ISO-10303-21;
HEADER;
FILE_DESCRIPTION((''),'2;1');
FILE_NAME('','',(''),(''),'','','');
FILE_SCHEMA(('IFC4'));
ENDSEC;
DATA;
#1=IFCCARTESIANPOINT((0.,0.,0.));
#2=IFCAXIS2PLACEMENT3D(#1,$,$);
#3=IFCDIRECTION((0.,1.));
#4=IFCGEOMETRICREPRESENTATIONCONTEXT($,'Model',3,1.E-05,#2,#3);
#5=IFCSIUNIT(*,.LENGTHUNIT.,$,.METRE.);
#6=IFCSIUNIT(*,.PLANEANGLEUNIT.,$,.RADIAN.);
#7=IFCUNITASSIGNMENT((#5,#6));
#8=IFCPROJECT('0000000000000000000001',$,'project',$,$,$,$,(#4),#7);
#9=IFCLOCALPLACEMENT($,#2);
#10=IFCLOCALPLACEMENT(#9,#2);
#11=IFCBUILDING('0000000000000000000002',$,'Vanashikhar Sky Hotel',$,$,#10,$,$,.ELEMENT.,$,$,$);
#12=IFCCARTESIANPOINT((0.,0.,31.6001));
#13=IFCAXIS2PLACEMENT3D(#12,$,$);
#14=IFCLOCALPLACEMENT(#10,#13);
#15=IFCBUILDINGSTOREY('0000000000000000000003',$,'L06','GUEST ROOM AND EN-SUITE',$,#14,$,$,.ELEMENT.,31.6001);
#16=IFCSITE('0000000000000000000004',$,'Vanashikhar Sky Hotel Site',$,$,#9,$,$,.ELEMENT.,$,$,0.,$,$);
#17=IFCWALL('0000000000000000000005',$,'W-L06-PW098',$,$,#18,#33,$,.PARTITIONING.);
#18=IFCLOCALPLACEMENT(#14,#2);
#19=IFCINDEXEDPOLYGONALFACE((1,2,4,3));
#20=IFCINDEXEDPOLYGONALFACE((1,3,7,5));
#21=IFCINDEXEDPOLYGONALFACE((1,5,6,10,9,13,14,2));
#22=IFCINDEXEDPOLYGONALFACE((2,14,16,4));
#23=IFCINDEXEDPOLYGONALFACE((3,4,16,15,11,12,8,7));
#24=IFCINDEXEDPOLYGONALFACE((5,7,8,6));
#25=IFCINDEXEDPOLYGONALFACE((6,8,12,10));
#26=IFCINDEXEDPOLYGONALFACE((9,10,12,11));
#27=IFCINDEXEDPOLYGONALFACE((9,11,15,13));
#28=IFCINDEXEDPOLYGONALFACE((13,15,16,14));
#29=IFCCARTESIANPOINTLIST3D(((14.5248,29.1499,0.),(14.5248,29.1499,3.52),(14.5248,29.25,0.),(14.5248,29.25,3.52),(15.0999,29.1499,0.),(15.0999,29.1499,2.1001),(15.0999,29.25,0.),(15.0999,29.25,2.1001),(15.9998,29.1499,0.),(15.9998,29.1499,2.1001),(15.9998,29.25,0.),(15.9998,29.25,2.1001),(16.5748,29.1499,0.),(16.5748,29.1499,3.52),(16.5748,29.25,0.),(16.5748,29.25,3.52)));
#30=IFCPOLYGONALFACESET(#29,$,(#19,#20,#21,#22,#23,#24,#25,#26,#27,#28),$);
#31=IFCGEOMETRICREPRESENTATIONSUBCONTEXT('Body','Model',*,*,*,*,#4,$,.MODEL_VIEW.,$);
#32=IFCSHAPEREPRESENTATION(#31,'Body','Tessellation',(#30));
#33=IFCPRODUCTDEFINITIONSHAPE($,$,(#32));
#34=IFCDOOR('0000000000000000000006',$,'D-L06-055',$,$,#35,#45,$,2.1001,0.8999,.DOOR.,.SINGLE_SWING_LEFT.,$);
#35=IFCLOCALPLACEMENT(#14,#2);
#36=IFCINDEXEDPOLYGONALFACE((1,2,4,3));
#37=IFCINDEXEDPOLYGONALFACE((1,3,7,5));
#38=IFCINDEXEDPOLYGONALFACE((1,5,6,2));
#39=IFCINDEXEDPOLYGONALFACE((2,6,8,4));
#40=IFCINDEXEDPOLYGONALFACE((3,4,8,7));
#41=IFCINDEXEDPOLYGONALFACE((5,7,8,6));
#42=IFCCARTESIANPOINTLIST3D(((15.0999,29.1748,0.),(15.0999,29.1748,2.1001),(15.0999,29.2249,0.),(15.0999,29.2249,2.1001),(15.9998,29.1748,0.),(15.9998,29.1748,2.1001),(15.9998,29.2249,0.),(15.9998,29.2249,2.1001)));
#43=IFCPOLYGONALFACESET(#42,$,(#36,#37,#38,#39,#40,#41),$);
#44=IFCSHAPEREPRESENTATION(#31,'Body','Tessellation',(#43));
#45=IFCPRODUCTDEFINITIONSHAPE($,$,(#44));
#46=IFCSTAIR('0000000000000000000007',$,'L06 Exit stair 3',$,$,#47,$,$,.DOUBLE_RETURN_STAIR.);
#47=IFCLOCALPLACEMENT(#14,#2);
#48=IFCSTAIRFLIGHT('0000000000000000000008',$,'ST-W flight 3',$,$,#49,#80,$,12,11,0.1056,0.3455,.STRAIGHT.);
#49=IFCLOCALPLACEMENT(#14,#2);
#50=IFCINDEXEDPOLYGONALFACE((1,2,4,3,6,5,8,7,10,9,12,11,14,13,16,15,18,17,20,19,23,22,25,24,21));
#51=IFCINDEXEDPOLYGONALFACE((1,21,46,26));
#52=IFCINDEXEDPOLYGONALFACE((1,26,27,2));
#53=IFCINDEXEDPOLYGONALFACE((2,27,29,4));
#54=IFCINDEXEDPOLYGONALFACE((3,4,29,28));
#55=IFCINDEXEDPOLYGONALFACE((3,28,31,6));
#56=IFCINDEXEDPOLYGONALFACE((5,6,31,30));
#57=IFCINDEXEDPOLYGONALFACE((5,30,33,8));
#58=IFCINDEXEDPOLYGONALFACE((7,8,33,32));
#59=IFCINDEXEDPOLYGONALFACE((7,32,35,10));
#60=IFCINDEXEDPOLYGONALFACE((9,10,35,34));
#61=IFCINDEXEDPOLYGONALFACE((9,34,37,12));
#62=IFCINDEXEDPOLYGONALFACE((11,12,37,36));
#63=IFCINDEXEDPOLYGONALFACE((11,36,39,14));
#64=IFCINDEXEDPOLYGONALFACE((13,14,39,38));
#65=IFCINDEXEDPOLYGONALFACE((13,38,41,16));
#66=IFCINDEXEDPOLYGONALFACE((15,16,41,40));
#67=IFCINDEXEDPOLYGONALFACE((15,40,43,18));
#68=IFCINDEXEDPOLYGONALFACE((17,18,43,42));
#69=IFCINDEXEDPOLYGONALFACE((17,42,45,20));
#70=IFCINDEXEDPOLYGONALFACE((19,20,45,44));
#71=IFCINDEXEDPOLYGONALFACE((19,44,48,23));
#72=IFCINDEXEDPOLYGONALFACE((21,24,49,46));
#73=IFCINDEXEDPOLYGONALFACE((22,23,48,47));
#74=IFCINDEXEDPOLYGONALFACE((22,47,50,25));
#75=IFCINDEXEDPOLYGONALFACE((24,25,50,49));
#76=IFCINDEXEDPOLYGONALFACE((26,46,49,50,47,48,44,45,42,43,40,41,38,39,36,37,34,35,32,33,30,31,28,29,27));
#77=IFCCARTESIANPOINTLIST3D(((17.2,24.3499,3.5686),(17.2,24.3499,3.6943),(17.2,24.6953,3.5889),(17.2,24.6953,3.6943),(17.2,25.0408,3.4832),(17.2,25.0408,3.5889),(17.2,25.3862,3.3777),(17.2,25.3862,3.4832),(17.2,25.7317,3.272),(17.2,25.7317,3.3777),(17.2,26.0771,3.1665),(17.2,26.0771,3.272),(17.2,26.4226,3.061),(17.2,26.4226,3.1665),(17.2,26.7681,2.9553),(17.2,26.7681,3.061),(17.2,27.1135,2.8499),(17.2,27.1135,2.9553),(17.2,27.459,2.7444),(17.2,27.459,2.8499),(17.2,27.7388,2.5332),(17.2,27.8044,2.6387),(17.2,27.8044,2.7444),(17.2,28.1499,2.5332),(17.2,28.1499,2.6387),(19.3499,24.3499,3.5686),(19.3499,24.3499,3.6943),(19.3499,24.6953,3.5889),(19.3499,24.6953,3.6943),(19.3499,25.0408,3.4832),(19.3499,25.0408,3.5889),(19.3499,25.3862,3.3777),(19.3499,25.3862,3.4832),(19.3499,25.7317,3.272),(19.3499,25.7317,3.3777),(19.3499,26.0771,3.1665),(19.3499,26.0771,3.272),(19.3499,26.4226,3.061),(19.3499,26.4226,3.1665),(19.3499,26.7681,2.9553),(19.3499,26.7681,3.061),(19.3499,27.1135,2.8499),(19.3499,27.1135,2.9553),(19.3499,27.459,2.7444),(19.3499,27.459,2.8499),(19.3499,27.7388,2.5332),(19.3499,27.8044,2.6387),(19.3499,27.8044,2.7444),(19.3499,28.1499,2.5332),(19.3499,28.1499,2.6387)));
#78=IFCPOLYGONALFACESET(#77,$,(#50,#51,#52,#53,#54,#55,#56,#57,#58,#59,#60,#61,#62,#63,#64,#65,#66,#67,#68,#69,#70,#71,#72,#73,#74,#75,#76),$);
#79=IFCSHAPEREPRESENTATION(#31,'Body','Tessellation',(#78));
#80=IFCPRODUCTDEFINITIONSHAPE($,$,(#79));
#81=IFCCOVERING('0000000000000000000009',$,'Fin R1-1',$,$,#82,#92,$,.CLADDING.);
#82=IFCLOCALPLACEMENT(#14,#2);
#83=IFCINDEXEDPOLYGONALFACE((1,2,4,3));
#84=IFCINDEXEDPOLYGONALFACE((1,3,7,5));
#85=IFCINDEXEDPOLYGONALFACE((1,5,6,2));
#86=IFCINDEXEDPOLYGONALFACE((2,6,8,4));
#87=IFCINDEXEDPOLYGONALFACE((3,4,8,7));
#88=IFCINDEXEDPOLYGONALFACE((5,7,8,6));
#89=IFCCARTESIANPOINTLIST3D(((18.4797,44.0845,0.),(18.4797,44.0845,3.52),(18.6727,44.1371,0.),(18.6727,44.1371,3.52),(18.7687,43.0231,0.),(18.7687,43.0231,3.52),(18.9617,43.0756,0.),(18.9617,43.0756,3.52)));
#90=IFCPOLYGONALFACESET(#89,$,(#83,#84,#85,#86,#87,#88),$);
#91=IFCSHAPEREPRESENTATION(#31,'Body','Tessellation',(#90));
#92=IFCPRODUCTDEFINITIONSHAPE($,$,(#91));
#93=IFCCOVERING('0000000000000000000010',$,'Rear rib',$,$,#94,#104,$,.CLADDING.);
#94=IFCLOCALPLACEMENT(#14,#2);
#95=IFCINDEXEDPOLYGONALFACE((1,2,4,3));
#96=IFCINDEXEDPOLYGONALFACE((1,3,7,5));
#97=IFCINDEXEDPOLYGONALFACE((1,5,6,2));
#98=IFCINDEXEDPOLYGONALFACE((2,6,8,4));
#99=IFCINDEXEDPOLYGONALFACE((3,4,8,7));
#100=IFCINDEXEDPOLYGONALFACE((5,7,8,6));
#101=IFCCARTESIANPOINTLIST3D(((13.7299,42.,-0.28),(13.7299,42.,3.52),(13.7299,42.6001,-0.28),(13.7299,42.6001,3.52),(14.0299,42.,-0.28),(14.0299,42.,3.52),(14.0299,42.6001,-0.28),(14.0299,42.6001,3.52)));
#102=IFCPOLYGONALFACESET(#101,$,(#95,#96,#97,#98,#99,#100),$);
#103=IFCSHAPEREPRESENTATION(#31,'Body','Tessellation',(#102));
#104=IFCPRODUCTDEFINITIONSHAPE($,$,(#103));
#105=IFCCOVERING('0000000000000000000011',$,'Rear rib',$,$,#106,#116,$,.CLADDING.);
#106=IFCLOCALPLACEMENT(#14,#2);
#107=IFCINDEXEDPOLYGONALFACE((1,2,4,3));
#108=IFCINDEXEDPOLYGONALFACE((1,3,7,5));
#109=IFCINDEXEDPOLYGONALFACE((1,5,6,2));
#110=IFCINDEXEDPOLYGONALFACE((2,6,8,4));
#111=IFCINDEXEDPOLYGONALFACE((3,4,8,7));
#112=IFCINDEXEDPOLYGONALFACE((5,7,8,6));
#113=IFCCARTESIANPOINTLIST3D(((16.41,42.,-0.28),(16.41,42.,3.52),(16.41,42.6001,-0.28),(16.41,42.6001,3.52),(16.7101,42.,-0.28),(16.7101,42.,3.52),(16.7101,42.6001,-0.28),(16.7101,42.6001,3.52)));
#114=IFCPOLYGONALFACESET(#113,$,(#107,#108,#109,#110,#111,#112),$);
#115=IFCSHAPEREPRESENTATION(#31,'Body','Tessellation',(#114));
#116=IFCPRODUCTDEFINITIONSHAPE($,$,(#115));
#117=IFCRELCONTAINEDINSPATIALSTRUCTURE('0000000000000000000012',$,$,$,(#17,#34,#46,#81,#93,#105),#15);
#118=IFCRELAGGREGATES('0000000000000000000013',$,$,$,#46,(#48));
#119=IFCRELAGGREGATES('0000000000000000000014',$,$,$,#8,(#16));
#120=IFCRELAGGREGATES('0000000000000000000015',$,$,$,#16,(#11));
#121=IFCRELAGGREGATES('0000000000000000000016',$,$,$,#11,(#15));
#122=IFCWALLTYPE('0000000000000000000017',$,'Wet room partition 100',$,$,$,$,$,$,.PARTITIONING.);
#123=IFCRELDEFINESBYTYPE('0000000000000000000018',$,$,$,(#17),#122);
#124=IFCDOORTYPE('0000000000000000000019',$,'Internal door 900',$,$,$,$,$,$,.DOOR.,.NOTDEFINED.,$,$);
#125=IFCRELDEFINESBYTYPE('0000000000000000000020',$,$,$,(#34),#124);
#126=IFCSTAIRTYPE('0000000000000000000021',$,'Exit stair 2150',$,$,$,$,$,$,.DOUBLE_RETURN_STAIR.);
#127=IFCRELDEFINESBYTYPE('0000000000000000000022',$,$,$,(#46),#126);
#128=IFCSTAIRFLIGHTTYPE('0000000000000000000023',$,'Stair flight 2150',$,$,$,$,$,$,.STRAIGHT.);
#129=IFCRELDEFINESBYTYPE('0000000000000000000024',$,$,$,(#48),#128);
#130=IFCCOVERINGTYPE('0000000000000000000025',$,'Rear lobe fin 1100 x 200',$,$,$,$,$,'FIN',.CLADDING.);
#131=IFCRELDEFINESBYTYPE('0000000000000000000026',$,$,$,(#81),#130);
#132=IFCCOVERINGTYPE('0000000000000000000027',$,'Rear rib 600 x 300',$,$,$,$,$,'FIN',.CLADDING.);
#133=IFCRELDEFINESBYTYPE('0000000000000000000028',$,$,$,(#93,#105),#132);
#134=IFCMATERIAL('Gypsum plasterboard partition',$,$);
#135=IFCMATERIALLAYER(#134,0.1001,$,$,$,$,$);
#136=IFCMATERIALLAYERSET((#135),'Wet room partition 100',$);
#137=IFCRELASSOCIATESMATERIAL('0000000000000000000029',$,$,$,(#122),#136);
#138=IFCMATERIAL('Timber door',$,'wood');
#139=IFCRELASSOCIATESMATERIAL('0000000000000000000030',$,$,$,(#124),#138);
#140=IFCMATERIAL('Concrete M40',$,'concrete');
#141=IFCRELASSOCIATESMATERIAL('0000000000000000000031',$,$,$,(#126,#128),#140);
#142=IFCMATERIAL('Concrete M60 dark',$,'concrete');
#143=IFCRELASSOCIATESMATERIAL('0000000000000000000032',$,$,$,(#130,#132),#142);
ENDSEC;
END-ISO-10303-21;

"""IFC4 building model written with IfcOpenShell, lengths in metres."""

from ifc_helpers import new_model, si_unit, direction, frame, frame_2d, origin, origin_2d, place, context, subcontext, project, spatial, polyline, rectangle, outline, extrude, source, transform, mapped, material, layer, layer_set, material_profile, profile_set, type_object, element, fill, aggregate, save


model = new_model("IFC4")

# Units and contexts
model_context = context("Model", 3, precision=1e-05, world=origin(), true_north=direction((0.0, 1.0)))
body_context = subcontext(model_context, "Body", "Model", "MODEL_VIEW")
ifc_project = project(units=[si_unit("LENGTHUNIT", "METRE"), si_unit("PLANEANGLEUNIT", "RADIAN")], contexts=[model_context])

# Site, building, storey
site_placement = place(None, origin())
site = spatial("IfcSite", under=ifc_project, at=site_placement, Name="Vanashikhar Sky Hotel Site", CompositionType="ELEMENT", RefElevation=0.0)
building_placement = place(site_placement, origin())
building = spatial("IfcBuilding", under=site, at=building_placement, Name="Vanashikhar Sky Hotel", CompositionType="ELEMENT")
storey_placement = place(building_placement, frame((0.0, 0.0, 31.6001)))
storey = spatial("IfcBuildingStorey", under=building, at=storey_placement, Name="L06", Description="GUEST ROOM AND EN-SUITE", CompositionType="ELEMENT", Elevation=31.6001)

# Wall, opening, door
ifc_material_1 = material(Name="Gypsum plasterboard partition")
ifc_layer_1 = layer(ifc_material_1, 0.1001)
ifc_layer_set_1 = layer_set([ifc_layer_1], Name="Wet room partition 100")
wall_type_1 = type_object("IfcWallType", Name="Wet room partition 100", PredefinedType="PARTITIONING", material=ifc_layer_set_1)
shared_shape_1 = source(origin(), body_context, "Body", "SweptSolid", [
    extrude(rectangle(XDim=2.05, YDim=0.1001, at=frame_2d((1.0249, 0.0))), origin(), (0.0, 0.0, 1.0), 3.52),
])
wall_1_placement = place(storey_placement, frame((14.5249, 29.2, 0.0), z_axis=(0.0, 0.0, 1.0), x_axis=(1.0, 0.0, 0.0)))
wall_1 = element("IfcWall", 1, at=wall_1_placement, inside=storey, type_object=wall_type_1, Name="W-L06-PW098", PredefinedType="PARTITIONING", context=body_context, shape_type="MappedRepresentation", body=[
    mapped(shared_shape_1, transform((0.0, 0.0, 0.0), scale=1.0)),
])
shared_shape_2 = source(origin(), body_context, "Body", "SweptSolid", [
    extrude(rectangle(XDim=0.8999, YDim=2.1001, at=frame_2d((0.45, 1.05))), frame((0.0, 0.0601, 0.0), z_axis=(0.0, -1.0, 0.0), x_axis=(1.0, 0.0, 0.0)), (0.0, 0.0, 1.0), 0.1201),
])
opening_1_placement = place(wall_1_placement, frame((0.575, 0.0, 0.0)))
opening_1 = element("IfcOpeningElement", 2, at=opening_1_placement, cuts=wall_1, PredefinedType="OPENING", context=body_context, shape_type="MappedRepresentation", body=[
    mapped(shared_shape_2, transform((0.0, 0.0, 0.0), scale=1.0)),
])
ifc_material_2 = material(Name="Timber door", Category="wood")
door_type_1 = type_object("IfcDoorType", Name="Internal door 900", OperationType="NOTDEFINED", PredefinedType="DOOR", material=ifc_material_2)
shared_shape_3 = source(origin(), body_context, "Body", "SweptSolid", [
    extrude(rectangle(XDim=0.8999, YDim=2.1001, at=frame_2d((0.45, 1.05))), frame((0.0, 0.0249, 0.0), z_axis=(0.0, -1.0, 0.0), x_axis=(1.0, 0.0, 0.0)), (0.0, 0.0, 1.0), 0.05),
])
door_1_placement = place(opening_1_placement, origin())
door_1 = element("IfcDoor", 3, at=door_1_placement, inside=storey, type_object=door_type_1, Name="D-L06-055", OperationType="SINGLE_SWING_LEFT", OverallHeight=2.1001, OverallWidth=0.8999, PredefinedType="DOOR", context=body_context, shape_type="MappedRepresentation", body=[
    mapped(shared_shape_3, transform((0.0, 0.0, 0.0), scale=1.0)),
])
fill(opening_1, door_1)

# Stair, stair flight
ifc_material_3 = material(Name="Concrete M40", Category="concrete")
stair_type = type_object("IfcStairType", Name="Exit stair 2150", PredefinedType="DOUBLE_RETURN_STAIR", material=ifc_material_3)
stair_placement = place(storey_placement, origin())
stair = element("IfcStair", 4, at=stair_placement, inside=storey, type_object=stair_type, Name="L06 Exit stair 3", PredefinedType="DOUBLE_RETURN_STAIR")
stair_flight_type = type_object("IfcStairFlightType", Name="Stair flight 2150", PredefinedType="STRAIGHT", material=ifc_material_3)
shared_shape_4 = source(origin(), body_context, "Body", "SweptSolid", [
    extrude(outline(polyline([(0.0, 0.0), (0.0, 0.1055), (0.3455, 0.1055), (0.3455, 0.2112), (0.6909, 0.2112), (0.6909, 0.3167), (1.0364, 0.3167), (1.0364, 0.4221), (1.3818, 0.4221), (1.3818, 0.5278), (1.7273, 0.5278), (1.7273, 0.6333), (2.0728, 0.6333), (2.0728, 0.7388), (2.4182, 0.7388), (2.4182, 0.8445), (2.7637, 0.8445), (2.7637, 0.95), (3.1091, 0.95), (3.1091, 1.0557), (3.4546, 1.0557), (3.4546, 1.1611), (3.8, 1.1611), (3.8, 1.2666), (3.8, 1.0354), (0.4111, 0.0), (0.0, 0.0)])), frame((0.0, 1.075, 0.0), z_axis=(0.0, -1.0, 0.0), x_axis=(1.0, 0.0, 0.0)), (0.0, 0.0, 1.0), 2.1499),
])
stair_flight_placement = place(storey_placement, frame((18.2749, 28.1499, 2.5332), z_axis=(0.0, 0.0, 1.0), x_axis=(0.0, -1.0, 0.0)))
stair_flight = element("IfcStairFlight", 5, at=stair_flight_placement, type_object=stair_flight_type, Name="ST-W flight 3", NumberOfRisers=12, NumberOfTreads=11, PredefinedType="STRAIGHT", RiserHeight=0.1056, TreadLength=0.3455, context=body_context, shape_type="MappedRepresentation", body=[
    mapped(shared_shape_4, transform((0.0, 0.0, 0.0), scale=1.0)),
])
aggregate(stair, [stair_flight])

# Coverings
ifc_material_4 = material(Name="Concrete M60 dark", Category="concrete")
ifc_material_profile_1 = material_profile(ifc_material_4, rectangle(XDim=1.1001, YDim=0.2, at=origin_2d()))
ifc_profile_set_1 = profile_set([ifc_material_profile_1], Name="Rear lobe fin 1100 x 200")
covering_type_1 = type_object("IfcCoveringType", Name="Rear lobe fin 1100 x 200", ElementType="FIN", PredefinedType="CLADDING", material=ifc_profile_set_1)
shared_shape_5 = source(origin(), body_context, "Body", "SweptSolid", [
    extrude(rectangle(XDim=1.1001, YDim=0.2, at=origin_2d()), origin(), (0.0, 0.0, 1.0), 3.52),
])
covering_placement = place(storey_placement, frame((18.7207, 43.5801, 0.0), z_axis=(0.0, 0.0, 1.0), x_axis=(-0.262711, 0.964874, 0.0)))
element("IfcCovering", 6, at=covering_placement, inside=storey, type_object=covering_type_1, Name="Fin R1-1", PredefinedType="CLADDING", context=body_context, shape_type="MappedRepresentation", body=[
    mapped(shared_shape_5, transform((0.0, 0.0, 0.0), scale=1.0)),
])
ifc_material_profile_2 = material_profile(ifc_material_4, rectangle(XDim=0.6001, YDim=0.3, at=origin_2d()))
ifc_profile_set_2 = profile_set([ifc_material_profile_2], Name="Rear rib 600 x 300")
covering_type_2 = type_object("IfcCoveringType", Name="Rear rib 600 x 300", ElementType="FIN", PredefinedType="CLADDING", material=ifc_profile_set_2)
shared_shape_6 = source(origin(), body_context, "Body", "SweptSolid", [
    extrude(rectangle(XDim=0.6001, YDim=0.3, at=origin_2d()), origin(), (0.0, 0.0, 1.0), 3.8),
])
for number, where, z_axis, x_axis, name in (
    (7, (13.8799, 42.3, -0.28), (0.0, 0.0, 1.0), (0.0, 1.0, 0.0), "Rear rib"),
    (8, (16.5601, 42.3, -0.28), (0.0, 0.0, 1.0), (0.0, 1.0, 0.0), "Rear rib"),
):
    element("IfcCovering", number, at=place(storey_placement, frame(where, z_axis=z_axis, x_axis=x_axis)), inside=storey, type_object=covering_type_2, Name=name, PredefinedType="CLADDING", context=body_context, shape_type="MappedRepresentation", body=[
        mapped(shared_shape_6, transform((0.0, 0.0, 0.0), scale=1.0)),
    ])

save(model, "model.ifc")
